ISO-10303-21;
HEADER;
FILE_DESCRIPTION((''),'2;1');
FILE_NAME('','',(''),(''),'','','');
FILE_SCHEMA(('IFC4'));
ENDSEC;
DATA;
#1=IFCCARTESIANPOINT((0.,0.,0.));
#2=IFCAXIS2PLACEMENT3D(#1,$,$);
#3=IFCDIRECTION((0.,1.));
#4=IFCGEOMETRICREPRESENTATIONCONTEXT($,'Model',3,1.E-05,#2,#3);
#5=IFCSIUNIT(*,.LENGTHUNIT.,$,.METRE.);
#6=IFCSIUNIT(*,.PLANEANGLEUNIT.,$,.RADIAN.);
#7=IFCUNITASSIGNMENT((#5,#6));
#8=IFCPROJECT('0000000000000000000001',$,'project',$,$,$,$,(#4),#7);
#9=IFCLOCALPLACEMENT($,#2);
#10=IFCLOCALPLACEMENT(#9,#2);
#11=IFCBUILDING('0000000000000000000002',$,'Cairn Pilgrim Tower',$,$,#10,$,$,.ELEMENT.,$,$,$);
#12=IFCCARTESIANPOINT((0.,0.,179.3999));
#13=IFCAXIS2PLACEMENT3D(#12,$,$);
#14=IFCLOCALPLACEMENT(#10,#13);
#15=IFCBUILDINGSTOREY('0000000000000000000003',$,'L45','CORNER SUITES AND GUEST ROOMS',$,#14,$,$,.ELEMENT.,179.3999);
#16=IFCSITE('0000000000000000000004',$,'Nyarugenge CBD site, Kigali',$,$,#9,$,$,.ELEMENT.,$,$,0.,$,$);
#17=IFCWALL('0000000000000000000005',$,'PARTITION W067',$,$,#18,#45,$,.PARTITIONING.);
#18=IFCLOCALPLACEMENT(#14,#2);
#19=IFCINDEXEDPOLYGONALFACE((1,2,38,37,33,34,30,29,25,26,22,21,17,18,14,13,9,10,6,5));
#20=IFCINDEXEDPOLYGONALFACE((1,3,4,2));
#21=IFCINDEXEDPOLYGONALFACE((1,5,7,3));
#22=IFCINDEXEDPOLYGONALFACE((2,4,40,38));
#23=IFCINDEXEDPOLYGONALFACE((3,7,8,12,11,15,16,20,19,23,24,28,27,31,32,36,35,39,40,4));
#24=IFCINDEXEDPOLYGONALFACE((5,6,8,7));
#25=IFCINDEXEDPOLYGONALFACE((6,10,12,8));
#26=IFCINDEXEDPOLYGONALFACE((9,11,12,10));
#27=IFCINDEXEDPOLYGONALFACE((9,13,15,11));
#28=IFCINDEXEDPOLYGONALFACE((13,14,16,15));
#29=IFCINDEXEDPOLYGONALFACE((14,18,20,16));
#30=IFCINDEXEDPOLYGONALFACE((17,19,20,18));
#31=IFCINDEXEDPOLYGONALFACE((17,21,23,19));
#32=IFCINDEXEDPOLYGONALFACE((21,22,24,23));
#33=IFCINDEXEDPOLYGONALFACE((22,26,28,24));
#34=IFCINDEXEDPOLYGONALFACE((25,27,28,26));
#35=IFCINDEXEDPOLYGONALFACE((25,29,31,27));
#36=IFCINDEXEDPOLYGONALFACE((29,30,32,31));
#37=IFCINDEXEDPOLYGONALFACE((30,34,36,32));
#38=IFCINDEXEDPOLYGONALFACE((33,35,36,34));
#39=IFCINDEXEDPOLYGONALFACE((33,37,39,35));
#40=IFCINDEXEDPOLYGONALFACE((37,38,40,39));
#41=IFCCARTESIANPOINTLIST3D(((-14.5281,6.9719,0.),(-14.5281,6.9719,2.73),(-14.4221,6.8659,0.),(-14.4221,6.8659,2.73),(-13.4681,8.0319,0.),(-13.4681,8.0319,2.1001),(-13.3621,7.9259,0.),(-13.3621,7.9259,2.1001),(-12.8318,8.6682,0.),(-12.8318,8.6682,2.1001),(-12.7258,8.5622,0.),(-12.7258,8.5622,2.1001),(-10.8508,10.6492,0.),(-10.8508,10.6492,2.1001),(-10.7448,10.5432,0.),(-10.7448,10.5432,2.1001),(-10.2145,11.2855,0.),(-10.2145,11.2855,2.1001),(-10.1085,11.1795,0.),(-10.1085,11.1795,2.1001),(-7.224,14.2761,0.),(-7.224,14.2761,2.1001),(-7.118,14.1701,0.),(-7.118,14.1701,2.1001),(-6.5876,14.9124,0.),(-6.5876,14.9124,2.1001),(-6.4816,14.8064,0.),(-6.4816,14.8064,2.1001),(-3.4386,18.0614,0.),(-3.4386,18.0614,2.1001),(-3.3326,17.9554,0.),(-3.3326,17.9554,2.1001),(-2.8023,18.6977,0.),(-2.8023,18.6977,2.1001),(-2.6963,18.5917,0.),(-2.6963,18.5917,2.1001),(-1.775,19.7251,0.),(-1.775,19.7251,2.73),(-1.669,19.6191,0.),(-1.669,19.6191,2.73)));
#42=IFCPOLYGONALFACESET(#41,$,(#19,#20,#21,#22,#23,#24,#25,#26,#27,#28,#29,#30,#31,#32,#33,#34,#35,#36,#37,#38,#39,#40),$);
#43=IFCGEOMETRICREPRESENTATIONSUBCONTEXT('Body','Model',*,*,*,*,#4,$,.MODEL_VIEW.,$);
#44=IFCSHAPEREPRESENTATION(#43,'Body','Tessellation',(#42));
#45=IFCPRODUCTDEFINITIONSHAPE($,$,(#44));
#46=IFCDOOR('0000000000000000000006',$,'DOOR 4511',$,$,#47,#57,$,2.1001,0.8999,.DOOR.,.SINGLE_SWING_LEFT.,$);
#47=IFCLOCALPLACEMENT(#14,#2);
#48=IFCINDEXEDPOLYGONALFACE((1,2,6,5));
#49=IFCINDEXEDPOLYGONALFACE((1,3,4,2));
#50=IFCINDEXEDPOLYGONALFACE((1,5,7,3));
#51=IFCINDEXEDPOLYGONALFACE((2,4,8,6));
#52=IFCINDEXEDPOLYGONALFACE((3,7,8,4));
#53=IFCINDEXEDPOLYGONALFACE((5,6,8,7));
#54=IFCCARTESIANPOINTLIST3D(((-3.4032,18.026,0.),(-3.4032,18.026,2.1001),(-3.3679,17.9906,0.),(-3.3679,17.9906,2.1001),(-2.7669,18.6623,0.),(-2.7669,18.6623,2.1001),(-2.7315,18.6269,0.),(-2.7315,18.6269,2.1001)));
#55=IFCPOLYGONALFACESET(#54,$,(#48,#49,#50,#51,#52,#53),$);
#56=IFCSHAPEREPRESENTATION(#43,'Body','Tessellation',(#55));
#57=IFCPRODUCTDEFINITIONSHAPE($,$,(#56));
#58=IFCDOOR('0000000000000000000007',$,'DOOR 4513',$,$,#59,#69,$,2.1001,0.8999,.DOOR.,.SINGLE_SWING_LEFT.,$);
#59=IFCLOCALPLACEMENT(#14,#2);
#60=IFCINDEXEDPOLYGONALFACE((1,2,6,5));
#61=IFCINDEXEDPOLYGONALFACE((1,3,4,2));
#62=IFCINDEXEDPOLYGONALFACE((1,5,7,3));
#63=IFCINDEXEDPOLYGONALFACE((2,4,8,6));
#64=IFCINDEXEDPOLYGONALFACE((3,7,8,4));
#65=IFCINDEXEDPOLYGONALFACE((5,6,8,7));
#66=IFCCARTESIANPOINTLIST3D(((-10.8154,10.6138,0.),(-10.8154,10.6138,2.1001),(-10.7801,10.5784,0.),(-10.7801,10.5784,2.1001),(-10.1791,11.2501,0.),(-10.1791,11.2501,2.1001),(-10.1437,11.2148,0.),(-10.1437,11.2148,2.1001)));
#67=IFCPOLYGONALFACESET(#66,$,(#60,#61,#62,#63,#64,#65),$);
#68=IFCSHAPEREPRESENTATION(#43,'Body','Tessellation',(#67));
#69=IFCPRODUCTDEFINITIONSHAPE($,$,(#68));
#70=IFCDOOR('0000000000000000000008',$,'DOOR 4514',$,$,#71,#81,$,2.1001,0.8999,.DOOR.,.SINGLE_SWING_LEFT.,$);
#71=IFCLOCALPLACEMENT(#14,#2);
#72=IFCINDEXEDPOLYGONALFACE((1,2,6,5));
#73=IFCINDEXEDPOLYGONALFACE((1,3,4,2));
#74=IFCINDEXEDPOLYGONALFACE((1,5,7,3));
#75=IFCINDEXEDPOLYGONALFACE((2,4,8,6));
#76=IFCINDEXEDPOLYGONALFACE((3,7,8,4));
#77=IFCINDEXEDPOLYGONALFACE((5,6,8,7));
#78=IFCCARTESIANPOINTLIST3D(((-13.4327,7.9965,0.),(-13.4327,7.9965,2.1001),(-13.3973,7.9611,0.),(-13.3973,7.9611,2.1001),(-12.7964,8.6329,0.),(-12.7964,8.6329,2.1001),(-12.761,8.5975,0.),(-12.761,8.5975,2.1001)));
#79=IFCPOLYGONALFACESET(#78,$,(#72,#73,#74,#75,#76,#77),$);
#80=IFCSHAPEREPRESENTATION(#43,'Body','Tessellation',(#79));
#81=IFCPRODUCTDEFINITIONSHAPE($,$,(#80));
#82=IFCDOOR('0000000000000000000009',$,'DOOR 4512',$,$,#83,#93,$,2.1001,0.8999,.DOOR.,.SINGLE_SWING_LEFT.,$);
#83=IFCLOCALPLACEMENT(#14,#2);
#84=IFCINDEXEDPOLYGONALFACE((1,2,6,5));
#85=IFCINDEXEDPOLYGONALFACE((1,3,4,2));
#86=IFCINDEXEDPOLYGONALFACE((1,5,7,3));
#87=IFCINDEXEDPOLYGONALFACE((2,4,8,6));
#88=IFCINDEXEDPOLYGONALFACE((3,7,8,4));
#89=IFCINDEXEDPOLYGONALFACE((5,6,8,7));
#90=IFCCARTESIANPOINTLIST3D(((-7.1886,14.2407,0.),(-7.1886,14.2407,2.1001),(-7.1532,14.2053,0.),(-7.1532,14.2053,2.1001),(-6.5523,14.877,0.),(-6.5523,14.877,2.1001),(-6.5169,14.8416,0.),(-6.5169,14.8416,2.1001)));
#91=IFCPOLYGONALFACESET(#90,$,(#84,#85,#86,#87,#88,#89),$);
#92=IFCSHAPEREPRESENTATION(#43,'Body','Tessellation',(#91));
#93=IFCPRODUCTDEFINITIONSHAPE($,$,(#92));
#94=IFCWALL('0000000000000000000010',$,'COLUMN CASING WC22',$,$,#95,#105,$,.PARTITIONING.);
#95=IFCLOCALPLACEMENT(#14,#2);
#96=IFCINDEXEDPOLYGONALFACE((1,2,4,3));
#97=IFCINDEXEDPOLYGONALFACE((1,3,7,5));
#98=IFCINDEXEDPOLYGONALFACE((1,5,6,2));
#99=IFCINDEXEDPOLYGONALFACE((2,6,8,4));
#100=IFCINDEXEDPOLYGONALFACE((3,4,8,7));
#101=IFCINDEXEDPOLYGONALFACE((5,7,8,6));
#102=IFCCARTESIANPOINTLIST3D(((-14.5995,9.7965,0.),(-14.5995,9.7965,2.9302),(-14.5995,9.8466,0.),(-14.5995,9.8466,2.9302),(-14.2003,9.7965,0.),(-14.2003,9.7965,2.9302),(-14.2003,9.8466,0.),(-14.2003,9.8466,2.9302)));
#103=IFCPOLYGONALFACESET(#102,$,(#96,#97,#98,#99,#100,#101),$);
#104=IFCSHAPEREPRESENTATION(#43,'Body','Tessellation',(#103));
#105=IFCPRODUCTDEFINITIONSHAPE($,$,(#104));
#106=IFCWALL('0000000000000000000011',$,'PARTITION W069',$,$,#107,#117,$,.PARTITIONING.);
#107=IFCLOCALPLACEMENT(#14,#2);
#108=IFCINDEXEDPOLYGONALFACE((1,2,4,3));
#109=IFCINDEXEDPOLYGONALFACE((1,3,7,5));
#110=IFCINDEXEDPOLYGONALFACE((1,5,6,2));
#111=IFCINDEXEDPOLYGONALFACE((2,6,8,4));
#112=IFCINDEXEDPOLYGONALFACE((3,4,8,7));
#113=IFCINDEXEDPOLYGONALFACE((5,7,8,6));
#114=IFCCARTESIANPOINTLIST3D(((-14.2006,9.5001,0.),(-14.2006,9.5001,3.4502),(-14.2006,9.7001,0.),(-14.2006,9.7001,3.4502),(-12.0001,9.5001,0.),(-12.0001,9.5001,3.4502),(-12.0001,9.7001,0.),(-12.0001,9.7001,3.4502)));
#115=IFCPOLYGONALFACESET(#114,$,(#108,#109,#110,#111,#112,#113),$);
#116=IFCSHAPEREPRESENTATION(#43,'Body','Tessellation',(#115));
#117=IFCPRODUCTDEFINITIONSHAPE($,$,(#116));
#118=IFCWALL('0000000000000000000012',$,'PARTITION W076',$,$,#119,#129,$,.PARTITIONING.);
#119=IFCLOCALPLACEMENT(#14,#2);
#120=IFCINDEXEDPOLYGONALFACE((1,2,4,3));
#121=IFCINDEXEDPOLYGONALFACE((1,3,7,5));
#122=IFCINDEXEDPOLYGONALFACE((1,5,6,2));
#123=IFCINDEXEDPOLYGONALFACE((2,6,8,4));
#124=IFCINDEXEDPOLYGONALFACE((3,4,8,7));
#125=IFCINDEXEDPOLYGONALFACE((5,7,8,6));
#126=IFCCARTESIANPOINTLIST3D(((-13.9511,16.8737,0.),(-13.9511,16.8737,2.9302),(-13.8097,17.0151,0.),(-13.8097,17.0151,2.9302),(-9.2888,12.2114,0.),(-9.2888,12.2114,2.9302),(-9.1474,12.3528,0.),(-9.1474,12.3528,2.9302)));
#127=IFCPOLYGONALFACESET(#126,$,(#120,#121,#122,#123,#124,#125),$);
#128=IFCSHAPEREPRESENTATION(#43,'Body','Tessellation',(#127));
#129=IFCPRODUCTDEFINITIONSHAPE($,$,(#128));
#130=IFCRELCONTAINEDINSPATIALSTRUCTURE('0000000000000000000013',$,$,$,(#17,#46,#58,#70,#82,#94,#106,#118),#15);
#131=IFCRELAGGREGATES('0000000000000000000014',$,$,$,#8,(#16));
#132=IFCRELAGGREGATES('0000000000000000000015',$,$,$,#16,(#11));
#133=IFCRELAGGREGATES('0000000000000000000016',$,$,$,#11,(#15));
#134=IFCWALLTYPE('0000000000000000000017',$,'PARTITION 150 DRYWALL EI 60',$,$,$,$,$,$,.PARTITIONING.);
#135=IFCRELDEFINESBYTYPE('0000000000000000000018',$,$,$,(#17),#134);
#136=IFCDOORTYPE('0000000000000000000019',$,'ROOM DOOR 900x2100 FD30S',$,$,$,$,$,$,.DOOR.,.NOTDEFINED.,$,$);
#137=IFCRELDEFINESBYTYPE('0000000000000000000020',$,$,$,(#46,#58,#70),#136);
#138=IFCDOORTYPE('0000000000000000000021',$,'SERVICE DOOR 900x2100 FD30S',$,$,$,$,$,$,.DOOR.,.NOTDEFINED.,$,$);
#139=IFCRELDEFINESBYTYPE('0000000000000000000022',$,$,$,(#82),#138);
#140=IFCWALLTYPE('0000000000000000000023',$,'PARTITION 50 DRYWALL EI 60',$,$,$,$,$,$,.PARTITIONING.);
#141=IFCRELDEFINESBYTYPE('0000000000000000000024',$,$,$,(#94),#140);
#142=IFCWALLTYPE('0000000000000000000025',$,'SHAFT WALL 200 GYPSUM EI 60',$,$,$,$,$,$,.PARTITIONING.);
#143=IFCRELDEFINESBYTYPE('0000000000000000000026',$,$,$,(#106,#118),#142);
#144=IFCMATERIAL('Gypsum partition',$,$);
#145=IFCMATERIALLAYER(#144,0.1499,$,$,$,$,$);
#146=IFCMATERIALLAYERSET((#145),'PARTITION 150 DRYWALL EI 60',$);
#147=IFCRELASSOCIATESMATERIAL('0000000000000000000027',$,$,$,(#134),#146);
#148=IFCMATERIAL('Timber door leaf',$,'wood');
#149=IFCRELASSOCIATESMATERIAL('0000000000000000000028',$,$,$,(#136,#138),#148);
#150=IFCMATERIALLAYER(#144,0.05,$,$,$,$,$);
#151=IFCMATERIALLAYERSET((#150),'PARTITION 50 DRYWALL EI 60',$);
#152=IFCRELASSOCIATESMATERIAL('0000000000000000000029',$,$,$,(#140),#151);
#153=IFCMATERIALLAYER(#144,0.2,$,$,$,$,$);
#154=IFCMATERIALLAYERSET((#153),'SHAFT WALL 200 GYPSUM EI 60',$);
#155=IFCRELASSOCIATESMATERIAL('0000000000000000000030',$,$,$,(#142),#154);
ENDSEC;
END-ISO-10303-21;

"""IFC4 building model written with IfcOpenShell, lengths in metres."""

from ifc_helpers import new_model, si_unit, direction, frame, frame_2d, origin, place, context, subcontext, project, spatial, rectangle, extrude, material, layer, layer_set, type_object, element, fill, save


model = new_model("IFC4")

# Units and contexts
model_context = context("Model", 3, precision=1e-05, world=origin(), true_north=direction((0.0, 1.0)))
body_context = subcontext(model_context, "Body", "Model", "MODEL_VIEW")
ifc_project = project(units=[si_unit("LENGTHUNIT", "METRE"), si_unit("PLANEANGLEUNIT", "RADIAN")], contexts=[model_context])

# Site, building, storey
site_placement = place(None, origin())
site = spatial("IfcSite", under=ifc_project, at=site_placement, Name="Nyarugenge CBD site, Kigali", CompositionType="ELEMENT", RefElevation=0.0)
building_placement = place(site_placement, origin())
building = spatial("IfcBuilding", under=site, at=building_placement, Name="Cairn Pilgrim Tower", CompositionType="ELEMENT")
storey_placement = place(building_placement, frame((0.0, 0.0, 179.3999)))
storey = spatial("IfcBuildingStorey", under=building, at=storey_placement, Name="L45", Description="CORNER SUITES AND GUEST ROOMS", CompositionType="ELEMENT", Elevation=179.3999)

# Shared definitions
ifc_material_1 = material(Name="Gypsum partition")
ifc_material_2 = material(Name="Timber door leaf", Category="wood")

# Shared definitions
ifc_layer_1 = layer(ifc_material_1, 0.1499)
ifc_layer_set_1 = layer_set([ifc_layer_1], Name="PARTITION 150 DRYWALL EI 60")
wall_type_1 = type_object("IfcWallType", Name="PARTITION 150 DRYWALL EI 60", PredefinedType="PARTITIONING", material=ifc_layer_set_1)

# Wall, openings, doors
wall_1_placement = place(storey_placement, frame((-14.4751, 6.9189, 0.0), z_axis=(0.0, 0.0, 1.0), x_axis=(0.707107, 0.707107, 0.0)))
wall_1 = element("IfcWall", 1, at=wall_1_placement, inside=storey, type_object=wall_type_1, Name="PARTITION W067", PredefinedType="PARTITIONING", context=body_context, shape_type="SweptSolid", body=[
    extrude(rectangle(XDim=18.0356, YDim=0.1499, at=frame_2d((9.0178, 0.0))), origin(), (0.0, 0.0, 1.0), 2.73),
])
opening_1_placement = place(wall_1_placement, frame((15.6829, 0.0, 0.0)))
opening_1 = element("IfcOpeningElement", 2, at=opening_1_placement, cuts=wall_1, PredefinedType="OPENING", context=body_context, shape_type="SweptSolid", body=[
    extrude(rectangle(XDim=0.8999, YDim=2.1001, at=frame_2d((0.45, 1.05))), frame((0.0, 0.085, 0.0), z_axis=(0.0, -1.0, 0.0), x_axis=(1.0, 0.0, 0.0)), (0.0, 0.0, 1.0), 0.1699),
])
opening_2_placement = place(wall_1_placement, frame((10.3296, 0.0, 0.0)))
opening_2 = element("IfcOpeningElement", 3, at=opening_2_placement, cuts=wall_1, PredefinedType="OPENING", context=body_context, shape_type="SweptSolid", body=[
    extrude(rectangle(XDim=0.8999, YDim=2.1001, at=frame_2d((0.45, 1.05))), frame((0.0, 0.085, 0.0), z_axis=(0.0, -1.0, 0.0), x_axis=(1.0, 0.0, 0.0)), (0.0, 0.0, 1.0), 0.1699),
])
opening_3_placement = place(wall_1_placement, frame((5.2004, 0.0, 0.0)))
opening_3 = element("IfcOpeningElement", 4, at=opening_3_placement, cuts=wall_1, PredefinedType="OPENING", context=body_context, shape_type="SweptSolid", body=[
    extrude(rectangle(XDim=0.8999, YDim=2.1001, at=frame_2d((0.45, 1.05))), frame((0.0, 0.085, 0.0), z_axis=(0.0, -1.0, 0.0), x_axis=(1.0, 0.0, 0.0)), (0.0, 0.0, 1.0), 0.1699),
])
opening_4_placement = place(wall_1_placement, frame((1.499, 0.0, 0.0)))
opening_4 = element("IfcOpeningElement", 5, at=opening_4_placement, cuts=wall_1, PredefinedType="OPENING", context=body_context, shape_type="SweptSolid", body=[
    extrude(rectangle(XDim=0.8999, YDim=2.1001, at=frame_2d((0.45, 1.05))), frame((0.0, 0.085, 0.0), z_axis=(0.0, -1.0, 0.0), x_axis=(1.0, 0.0, 0.0)), (0.0, 0.0, 1.0), 0.1699),
])
door_type_1 = type_object("IfcDoorType", Name="ROOM DOOR 900x2100 FD30S", OperationType="NOTDEFINED", PredefinedType="DOOR", material=ifc_material_2)
door_1_placement = place(opening_1_placement, origin())
door_1 = element("IfcDoor", 6, at=door_1_placement, inside=storey, type_object=door_type_1, Name="DOOR 4511", OperationType="SINGLE_SWING_LEFT", OverallHeight=2.1001, OverallWidth=0.8999, PredefinedType="DOOR", context=body_context, shape_type="SweptSolid", body=[
    extrude(rectangle(XDim=0.8999, YDim=2.1001, at=frame_2d((0.45, 1.05))), frame((0.0, 0.0249, 0.0), z_axis=(0.0, -1.0, 0.0), x_axis=(1.0, 0.0, 0.0)), (0.0, 0.0, 1.0), 0.05),
])
fill(opening_1, door_1)
door_2_placement = place(opening_3_placement, origin())
door_2 = element("IfcDoor", 7, at=door_2_placement, inside=storey, type_object=door_type_1, Name="DOOR 4513", OperationType="SINGLE_SWING_LEFT", OverallHeight=2.1001, OverallWidth=0.8999, PredefinedType="DOOR", context=body_context, shape_type="SweptSolid", body=[
    extrude(rectangle(XDim=0.8999, YDim=2.1001, at=frame_2d((0.45, 1.05))), frame((0.0, 0.0249, 0.0), z_axis=(0.0, -1.0, 0.0), x_axis=(1.0, 0.0, 0.0)), (0.0, 0.0, 1.0), 0.05),
])
fill(opening_3, door_2)
door_3_placement = place(opening_4_placement, origin())
door_3 = element("IfcDoor", 8, at=door_3_placement, inside=storey, type_object=door_type_1, Name="DOOR 4514", OperationType="SINGLE_SWING_LEFT", OverallHeight=2.1001, OverallWidth=0.8999, PredefinedType="DOOR", context=body_context, shape_type="SweptSolid", body=[
    extrude(rectangle(XDim=0.8999, YDim=2.1001, at=frame_2d((0.45, 1.05))), frame((0.0, 0.0249, 0.0), z_axis=(0.0, -1.0, 0.0), x_axis=(1.0, 0.0, 0.0)), (0.0, 0.0, 1.0), 0.05),
])
fill(opening_4, door_3)
door_type_2 = type_object("IfcDoorType", Name="SERVICE DOOR 900x2100 FD30S", OperationType="NOTDEFINED", PredefinedType="DOOR", material=ifc_material_2)
door_4_placement = place(opening_2_placement, origin())
door_4 = element("IfcDoor", 9, at=door_4_placement, inside=storey, type_object=door_type_2, Name="DOOR 4512", OperationType="SINGLE_SWING_LEFT", OverallHeight=2.1001, OverallWidth=0.8999, PredefinedType="DOOR", context=body_context, shape_type="SweptSolid", body=[
    extrude(rectangle(XDim=0.8999, YDim=2.1001, at=frame_2d((0.45, 1.05))), frame((0.0, 0.0249, 0.0), z_axis=(0.0, -1.0, 0.0), x_axis=(1.0, 0.0, 0.0)), (0.0, 0.0, 1.0), 0.05),
])
fill(opening_2, door_4)

# Walls
ifc_layer_2 = layer(ifc_material_1, 0.05)
ifc_layer_set_2 = layer_set([ifc_layer_2], Name="PARTITION 50 DRYWALL EI 60")
wall_type_2 = type_object("IfcWallType", Name="PARTITION 50 DRYWALL EI 60", PredefinedType="PARTITIONING", material=ifc_layer_set_2)
wall_2_placement = place(storey_placement, frame((-14.5996, 9.8215, 0.0), z_axis=(0.0, 0.0, 1.0), x_axis=(1.0, 0.0, 0.0)))
element("IfcWall", 10, at=wall_2_placement, inside=storey, type_object=wall_type_2, Name="COLUMN CASING WC22", PredefinedType="PARTITIONING", context=body_context, shape_type="SweptSolid", body=[
    extrude(rectangle(XDim=0.3992, YDim=0.05, at=frame_2d((0.1997, 0.0))), origin(), (0.0, 0.0, 1.0), 2.9302),
])
ifc_layer_3 = layer(ifc_material_1, 0.2)
ifc_layer_set_3 = layer_set([ifc_layer_3], Name="SHAFT WALL 200 GYPSUM EI 60")
wall_type_3 = type_object("IfcWallType", Name="SHAFT WALL 200 GYPSUM EI 60", PredefinedType="PARTITIONING", material=ifc_layer_set_3)
wall_3_placement = place(storey_placement, frame((-14.2004, 9.6001, 0.0), z_axis=(0.0, 0.0, 1.0), x_axis=(1.0, 0.0, 0.0)))
element("IfcWall", 11, at=wall_3_placement, inside=storey, type_object=wall_type_3, Name="PARTITION W069", PredefinedType="PARTITIONING", context=body_context, shape_type="SweptSolid", body=[
    extrude(rectangle(XDim=2.2004, YDim=0.2, at=frame_2d((1.1001, 0.0))), origin(), (0.0, 0.0, 1.0), 3.4502),
])
wall_4_placement = place(storey_placement, frame((-9.218, 12.282, 0.0), z_axis=(0.0, 0.0, 1.0), x_axis=(-0.707107, 0.707107, 0.0)))
element("IfcWall", 12, at=wall_4_placement, inside=storey, type_object=wall_type_3, Name="PARTITION W076", PredefinedType="PARTITIONING", context=body_context, shape_type="SweptSolid", body=[
    extrude(rectangle(XDim=6.5935, YDim=0.2, at=frame_2d((3.2969, 0.0))), origin(), (0.0, 0.0, 1.0), 2.9302),
])

save(model, "model.ifc")
